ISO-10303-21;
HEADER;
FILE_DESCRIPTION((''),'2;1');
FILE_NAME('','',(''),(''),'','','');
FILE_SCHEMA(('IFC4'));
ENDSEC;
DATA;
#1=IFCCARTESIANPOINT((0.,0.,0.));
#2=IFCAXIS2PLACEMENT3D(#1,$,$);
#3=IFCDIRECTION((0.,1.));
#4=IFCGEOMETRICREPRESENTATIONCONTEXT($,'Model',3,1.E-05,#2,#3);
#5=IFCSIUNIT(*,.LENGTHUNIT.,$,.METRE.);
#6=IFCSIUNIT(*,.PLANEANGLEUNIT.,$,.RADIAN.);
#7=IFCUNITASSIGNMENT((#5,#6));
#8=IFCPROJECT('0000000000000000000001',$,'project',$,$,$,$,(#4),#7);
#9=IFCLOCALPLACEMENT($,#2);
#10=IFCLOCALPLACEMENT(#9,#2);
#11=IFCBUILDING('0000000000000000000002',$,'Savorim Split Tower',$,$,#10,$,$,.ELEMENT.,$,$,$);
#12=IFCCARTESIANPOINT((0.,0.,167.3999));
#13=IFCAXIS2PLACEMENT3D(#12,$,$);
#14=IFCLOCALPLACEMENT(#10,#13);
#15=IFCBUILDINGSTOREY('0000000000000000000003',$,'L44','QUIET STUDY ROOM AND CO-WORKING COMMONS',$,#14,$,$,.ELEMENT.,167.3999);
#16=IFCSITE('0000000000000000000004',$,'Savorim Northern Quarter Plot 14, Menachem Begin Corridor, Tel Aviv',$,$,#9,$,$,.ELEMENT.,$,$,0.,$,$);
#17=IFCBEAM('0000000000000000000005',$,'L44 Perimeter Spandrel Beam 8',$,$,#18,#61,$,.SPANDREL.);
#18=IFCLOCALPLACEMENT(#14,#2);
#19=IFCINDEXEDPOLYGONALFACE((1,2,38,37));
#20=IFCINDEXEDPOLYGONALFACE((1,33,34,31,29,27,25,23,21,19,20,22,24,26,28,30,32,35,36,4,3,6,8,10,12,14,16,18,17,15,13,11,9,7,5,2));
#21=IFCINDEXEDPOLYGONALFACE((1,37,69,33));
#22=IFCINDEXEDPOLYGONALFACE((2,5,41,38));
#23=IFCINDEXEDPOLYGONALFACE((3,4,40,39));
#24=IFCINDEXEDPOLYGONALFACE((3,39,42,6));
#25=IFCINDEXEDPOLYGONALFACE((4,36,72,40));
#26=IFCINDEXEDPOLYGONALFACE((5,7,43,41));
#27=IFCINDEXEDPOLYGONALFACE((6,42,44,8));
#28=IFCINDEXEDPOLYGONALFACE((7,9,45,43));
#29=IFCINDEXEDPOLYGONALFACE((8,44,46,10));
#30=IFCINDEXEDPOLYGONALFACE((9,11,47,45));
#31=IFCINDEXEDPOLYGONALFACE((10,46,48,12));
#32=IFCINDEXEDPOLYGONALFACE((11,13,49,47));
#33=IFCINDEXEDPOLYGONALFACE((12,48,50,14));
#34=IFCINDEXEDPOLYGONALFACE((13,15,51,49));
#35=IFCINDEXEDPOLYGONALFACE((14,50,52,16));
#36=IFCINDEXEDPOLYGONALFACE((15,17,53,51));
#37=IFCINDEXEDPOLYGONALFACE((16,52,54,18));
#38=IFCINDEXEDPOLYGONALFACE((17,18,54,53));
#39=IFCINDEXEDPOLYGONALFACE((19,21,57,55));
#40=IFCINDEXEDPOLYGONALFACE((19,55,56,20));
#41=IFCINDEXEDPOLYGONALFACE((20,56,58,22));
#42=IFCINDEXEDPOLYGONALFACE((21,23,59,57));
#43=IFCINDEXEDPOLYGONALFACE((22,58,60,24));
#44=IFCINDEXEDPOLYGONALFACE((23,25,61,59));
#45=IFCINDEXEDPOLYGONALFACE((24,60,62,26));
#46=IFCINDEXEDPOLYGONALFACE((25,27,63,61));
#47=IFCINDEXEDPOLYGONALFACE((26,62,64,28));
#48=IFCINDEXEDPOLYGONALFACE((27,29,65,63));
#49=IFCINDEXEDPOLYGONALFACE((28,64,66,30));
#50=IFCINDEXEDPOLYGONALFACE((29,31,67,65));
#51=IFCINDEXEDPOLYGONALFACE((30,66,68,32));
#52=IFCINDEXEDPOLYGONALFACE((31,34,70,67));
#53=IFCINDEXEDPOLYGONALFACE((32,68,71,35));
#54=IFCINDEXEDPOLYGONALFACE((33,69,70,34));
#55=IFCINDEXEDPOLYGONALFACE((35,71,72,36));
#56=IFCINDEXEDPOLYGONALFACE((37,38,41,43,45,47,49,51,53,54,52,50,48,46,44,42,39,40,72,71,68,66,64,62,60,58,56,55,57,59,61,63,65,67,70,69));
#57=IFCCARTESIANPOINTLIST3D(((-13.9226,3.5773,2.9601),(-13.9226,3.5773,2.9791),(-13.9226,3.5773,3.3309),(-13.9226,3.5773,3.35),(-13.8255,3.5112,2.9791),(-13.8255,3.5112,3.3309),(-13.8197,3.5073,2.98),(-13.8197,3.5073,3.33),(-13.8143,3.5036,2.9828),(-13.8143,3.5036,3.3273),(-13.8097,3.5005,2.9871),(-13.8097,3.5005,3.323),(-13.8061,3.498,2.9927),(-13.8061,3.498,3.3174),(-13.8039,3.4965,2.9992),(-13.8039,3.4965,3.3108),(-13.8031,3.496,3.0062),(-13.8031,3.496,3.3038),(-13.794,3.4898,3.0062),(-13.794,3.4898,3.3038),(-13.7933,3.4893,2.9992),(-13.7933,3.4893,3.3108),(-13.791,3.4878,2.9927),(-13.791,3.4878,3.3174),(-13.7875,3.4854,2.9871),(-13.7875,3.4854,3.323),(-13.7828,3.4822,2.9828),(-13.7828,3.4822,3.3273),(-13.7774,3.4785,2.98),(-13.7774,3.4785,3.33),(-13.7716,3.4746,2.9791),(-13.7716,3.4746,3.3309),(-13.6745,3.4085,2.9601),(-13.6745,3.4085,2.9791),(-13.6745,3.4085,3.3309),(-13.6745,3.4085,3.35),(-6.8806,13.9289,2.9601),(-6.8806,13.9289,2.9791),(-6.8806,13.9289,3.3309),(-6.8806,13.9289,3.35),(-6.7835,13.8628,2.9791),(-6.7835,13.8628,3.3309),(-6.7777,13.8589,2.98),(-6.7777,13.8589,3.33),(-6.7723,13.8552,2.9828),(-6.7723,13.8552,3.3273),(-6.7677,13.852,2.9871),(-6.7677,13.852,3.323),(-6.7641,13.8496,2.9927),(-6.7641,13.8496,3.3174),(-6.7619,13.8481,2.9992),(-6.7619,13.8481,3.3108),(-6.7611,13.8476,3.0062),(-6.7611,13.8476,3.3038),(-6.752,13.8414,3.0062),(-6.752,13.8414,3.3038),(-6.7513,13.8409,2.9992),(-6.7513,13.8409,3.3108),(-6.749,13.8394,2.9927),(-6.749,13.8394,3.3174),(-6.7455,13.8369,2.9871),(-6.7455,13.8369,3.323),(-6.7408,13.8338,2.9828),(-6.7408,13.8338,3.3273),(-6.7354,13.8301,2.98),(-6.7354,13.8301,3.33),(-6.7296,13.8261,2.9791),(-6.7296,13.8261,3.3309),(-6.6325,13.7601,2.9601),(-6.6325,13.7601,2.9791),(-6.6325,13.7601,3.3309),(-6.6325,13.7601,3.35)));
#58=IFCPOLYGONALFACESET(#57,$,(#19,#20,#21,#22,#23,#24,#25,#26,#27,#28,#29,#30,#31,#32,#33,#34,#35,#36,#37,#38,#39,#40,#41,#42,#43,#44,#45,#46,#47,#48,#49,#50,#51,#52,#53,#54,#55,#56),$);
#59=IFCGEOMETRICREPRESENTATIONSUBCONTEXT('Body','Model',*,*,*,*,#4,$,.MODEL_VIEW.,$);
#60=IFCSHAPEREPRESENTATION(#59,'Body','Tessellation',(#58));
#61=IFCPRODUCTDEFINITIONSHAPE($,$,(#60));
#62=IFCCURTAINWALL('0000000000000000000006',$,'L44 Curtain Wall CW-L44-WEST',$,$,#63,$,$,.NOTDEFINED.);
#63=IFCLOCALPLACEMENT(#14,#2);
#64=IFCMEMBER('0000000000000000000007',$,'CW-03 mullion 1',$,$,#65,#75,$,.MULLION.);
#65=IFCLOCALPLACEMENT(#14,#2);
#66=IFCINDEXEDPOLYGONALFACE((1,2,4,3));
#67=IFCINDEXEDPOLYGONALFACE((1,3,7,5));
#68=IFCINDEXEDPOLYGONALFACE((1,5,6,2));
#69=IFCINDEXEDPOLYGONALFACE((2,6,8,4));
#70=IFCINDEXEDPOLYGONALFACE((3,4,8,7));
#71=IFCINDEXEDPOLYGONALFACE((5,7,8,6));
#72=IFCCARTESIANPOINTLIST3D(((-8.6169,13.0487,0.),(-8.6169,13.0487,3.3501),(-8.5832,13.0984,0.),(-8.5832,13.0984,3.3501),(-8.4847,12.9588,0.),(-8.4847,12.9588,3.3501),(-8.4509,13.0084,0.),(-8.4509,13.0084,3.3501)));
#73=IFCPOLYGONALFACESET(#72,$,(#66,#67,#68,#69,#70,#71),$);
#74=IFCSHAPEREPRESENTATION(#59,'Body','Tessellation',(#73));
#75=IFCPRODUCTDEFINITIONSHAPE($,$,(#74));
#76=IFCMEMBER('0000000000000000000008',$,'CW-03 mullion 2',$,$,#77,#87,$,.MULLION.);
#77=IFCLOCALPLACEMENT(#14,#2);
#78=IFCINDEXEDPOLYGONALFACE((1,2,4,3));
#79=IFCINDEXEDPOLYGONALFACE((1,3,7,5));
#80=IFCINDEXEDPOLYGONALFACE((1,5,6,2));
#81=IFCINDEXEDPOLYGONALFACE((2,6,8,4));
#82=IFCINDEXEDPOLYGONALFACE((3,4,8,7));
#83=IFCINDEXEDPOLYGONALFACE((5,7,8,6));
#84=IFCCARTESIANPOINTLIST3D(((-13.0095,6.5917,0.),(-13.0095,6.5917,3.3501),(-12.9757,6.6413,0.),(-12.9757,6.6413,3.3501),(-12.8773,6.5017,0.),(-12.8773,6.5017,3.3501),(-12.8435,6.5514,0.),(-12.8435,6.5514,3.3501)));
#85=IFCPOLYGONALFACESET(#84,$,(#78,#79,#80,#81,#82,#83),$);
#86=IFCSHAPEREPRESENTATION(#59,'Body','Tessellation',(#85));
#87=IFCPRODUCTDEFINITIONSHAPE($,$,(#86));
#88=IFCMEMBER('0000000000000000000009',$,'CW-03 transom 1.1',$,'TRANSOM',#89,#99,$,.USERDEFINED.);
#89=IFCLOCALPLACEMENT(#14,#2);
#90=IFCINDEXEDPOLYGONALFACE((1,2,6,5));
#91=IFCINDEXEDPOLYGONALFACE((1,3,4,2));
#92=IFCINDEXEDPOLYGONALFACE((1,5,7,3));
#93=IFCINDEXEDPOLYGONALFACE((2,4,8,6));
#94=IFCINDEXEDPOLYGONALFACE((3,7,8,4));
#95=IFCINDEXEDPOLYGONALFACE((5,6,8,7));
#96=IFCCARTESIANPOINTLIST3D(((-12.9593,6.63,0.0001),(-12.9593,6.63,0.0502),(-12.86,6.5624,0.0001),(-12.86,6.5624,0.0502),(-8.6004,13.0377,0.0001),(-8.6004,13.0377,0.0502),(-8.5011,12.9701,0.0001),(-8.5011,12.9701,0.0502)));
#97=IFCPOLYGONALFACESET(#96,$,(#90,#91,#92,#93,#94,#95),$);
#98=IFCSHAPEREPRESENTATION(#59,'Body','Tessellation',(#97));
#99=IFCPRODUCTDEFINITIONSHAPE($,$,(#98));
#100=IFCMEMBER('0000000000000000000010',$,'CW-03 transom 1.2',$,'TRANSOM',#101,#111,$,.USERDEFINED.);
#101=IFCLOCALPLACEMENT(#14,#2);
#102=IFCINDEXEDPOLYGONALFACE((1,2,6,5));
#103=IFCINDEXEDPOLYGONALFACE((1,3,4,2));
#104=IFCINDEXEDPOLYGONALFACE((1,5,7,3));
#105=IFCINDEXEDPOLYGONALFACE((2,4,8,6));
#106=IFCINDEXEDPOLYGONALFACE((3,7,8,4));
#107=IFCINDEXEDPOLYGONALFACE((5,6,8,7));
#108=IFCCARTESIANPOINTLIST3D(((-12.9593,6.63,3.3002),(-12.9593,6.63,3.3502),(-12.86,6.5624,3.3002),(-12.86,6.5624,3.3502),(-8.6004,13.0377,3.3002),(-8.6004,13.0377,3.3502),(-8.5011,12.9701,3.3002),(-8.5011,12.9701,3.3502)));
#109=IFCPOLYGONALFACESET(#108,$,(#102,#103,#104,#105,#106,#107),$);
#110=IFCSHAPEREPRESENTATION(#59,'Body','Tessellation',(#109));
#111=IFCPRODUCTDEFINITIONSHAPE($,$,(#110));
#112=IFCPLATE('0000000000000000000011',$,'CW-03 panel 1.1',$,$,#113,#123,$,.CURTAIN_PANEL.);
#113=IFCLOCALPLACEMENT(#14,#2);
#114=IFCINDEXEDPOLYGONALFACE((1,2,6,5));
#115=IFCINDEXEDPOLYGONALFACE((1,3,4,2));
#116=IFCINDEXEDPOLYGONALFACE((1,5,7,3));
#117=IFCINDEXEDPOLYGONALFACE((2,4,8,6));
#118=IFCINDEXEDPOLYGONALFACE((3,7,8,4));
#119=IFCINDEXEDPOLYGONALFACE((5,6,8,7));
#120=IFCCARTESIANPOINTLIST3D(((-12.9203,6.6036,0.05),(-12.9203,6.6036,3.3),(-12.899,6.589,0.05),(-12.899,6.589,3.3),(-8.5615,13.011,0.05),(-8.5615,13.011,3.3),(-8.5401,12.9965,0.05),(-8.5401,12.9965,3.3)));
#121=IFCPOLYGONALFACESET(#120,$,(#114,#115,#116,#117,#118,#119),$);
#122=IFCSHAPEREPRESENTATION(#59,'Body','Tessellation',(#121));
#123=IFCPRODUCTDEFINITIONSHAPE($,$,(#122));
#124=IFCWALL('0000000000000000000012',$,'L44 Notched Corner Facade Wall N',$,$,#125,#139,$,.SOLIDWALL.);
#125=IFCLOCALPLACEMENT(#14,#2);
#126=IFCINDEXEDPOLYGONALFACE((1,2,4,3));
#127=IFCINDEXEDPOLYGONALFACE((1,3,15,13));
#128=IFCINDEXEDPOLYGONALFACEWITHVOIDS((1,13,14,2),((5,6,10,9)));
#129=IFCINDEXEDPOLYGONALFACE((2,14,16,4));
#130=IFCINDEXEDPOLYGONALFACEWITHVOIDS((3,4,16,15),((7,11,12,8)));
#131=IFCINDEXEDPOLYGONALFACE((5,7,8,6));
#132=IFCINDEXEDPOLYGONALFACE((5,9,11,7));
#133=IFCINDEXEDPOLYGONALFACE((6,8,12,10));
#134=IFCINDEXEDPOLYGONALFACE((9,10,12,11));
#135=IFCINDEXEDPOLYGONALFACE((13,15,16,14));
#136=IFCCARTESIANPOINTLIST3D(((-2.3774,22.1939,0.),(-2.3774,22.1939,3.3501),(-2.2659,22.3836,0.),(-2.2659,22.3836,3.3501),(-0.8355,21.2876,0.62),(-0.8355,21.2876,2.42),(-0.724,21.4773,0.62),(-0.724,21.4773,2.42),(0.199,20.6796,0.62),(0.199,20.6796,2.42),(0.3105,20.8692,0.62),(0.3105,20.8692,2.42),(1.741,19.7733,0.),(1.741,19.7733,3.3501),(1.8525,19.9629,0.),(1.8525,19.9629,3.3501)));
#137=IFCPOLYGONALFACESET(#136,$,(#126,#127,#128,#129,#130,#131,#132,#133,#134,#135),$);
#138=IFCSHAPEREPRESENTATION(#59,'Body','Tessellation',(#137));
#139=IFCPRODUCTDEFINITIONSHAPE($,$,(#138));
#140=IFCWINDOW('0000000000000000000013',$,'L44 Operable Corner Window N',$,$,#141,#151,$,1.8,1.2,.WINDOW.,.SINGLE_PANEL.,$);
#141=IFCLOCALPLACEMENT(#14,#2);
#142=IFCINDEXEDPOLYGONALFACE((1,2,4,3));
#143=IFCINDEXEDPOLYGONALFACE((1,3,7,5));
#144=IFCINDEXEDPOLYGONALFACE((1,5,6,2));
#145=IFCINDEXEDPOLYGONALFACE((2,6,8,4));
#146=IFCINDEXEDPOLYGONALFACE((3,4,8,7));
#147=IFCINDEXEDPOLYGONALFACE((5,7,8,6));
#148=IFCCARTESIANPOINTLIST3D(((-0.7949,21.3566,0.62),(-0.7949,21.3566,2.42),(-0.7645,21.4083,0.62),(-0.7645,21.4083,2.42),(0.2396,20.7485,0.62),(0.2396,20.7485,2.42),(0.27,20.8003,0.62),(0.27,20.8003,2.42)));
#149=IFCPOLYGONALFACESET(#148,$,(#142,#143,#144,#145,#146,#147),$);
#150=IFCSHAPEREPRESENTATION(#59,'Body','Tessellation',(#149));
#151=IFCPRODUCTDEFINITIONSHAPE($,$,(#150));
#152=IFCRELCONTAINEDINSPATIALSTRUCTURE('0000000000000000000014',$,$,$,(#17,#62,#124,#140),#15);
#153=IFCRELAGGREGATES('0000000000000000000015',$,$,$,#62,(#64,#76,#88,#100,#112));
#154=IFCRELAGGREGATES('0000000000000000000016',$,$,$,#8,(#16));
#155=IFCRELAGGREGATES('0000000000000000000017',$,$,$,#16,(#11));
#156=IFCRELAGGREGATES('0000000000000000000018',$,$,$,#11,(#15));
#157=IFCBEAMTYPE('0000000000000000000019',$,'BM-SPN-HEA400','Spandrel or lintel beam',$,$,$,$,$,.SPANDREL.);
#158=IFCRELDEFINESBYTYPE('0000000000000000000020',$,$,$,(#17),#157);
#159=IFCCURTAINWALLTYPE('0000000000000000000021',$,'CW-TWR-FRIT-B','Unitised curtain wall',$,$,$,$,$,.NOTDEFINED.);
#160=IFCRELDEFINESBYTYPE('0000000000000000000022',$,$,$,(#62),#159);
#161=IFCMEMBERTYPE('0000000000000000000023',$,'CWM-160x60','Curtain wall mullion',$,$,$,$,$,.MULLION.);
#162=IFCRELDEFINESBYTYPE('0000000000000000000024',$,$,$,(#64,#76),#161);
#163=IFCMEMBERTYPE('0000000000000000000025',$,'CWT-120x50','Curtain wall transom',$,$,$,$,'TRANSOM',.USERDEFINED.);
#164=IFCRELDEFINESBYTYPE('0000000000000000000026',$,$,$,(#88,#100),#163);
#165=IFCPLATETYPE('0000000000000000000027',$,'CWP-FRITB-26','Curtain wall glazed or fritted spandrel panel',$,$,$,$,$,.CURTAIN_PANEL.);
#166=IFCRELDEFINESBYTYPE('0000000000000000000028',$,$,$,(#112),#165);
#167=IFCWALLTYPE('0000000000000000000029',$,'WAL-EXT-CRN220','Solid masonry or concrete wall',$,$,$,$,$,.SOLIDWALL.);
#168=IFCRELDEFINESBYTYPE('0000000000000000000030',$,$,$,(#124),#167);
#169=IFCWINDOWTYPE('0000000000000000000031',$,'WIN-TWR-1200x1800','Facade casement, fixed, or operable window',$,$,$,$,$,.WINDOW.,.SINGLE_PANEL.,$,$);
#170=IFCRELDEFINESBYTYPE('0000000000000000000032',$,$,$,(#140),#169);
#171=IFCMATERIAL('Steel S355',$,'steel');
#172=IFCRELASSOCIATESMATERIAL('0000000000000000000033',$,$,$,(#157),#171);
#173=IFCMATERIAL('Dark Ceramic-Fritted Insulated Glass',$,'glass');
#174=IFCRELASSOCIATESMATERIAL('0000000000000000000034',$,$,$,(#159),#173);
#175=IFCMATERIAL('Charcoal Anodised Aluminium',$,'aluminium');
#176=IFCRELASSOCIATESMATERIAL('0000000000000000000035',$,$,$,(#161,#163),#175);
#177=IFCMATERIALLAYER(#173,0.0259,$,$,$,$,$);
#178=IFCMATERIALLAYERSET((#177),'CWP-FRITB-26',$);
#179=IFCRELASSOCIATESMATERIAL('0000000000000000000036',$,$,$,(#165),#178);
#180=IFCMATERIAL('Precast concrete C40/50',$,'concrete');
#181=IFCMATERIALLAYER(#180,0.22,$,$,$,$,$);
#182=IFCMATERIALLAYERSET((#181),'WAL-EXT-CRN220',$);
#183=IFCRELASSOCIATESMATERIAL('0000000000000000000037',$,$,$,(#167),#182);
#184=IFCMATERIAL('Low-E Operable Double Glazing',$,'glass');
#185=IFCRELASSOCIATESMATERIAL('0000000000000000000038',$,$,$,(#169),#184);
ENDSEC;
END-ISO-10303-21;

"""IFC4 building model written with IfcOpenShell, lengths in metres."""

from ifc_helpers import new_model, si_unit, direction, frame, frame_2d, origin, origin_2d, place, context, subcontext, project, spatial, rectangle, i_section, extrude, material, layer, layer_set, material_profile, profile_set, type_object, element, fill, aggregate, save


model = new_model("IFC4")

# Units and contexts
model_context = context("Model", 3, precision=1e-05, world=origin(), true_north=direction((0.0, 1.0)))
body_context = subcontext(model_context, "Body", "Model", "MODEL_VIEW")
ifc_project = project(units=[si_unit("LENGTHUNIT", "METRE"), si_unit("PLANEANGLEUNIT", "RADIAN")], contexts=[model_context])

# Site, building, storey
site_placement = place(None, origin())
site = spatial("IfcSite", under=ifc_project, at=site_placement, Name="Savorim Northern Quarter Plot 14, Menachem Begin Corridor, Tel Aviv", CompositionType="ELEMENT", RefElevation=0.0)
building_placement = place(site_placement, origin())
building = spatial("IfcBuilding", under=site, at=building_placement, Name="Savorim Split Tower", CompositionType="ELEMENT")
storey_placement = place(building_placement, frame((0.0, 0.0, 167.3999)))
storey = spatial("IfcBuildingStorey", under=building, at=storey_placement, Name="L44", Description="QUIET STUDY ROOM AND CO-WORKING COMMONS", CompositionType="ELEMENT", Elevation=167.3999)

# Beam
ifc_material_1 = material(Name="Steel S355", Category="steel")
ifc_material_profile_1 = material_profile(ifc_material_1, i_section(OverallWidth=0.3, OverallDepth=0.3899, WebThickness=0.011, FlangeThickness=0.019, FilletRadius=0.0271, at=origin_2d()), Name="HEA 400")
ifc_profile_set_1 = profile_set([ifc_material_profile_1], Name="Steel S355")
beam_type_1 = type_object("IfcBeamType", Name="BM-SPN-HEA400", Description="Spandrel or lintel beam", PredefinedType="SPANDREL", material=ifc_profile_set_1)
beam_1_placement = place(storey_placement, frame((-6.7566, 13.8445, 3.155), z_axis=(-0.56247, -0.826818, 0.0), x_axis=(0.826818, -0.56247, 0.0)))
element("IfcBeam", 1, at=beam_1_placement, inside=storey, type_object=beam_type_1, Name="L44 Perimeter Spandrel Beam 8", PredefinedType="SPANDREL", context=body_context, shape_type="SweptSolid", body=[
    extrude(i_section(OverallWidth=0.3, OverallDepth=0.3899, WebThickness=0.011, FlangeThickness=0.019, FilletRadius=0.0271, at=origin_2d()), origin(), (0.0, 0.0, 1.0), 12.5198),
])

# Curtain wall, members, plate
ifc_material_2 = material(Name="Dark Ceramic-Fritted Insulated Glass", Category="glass")
curtain_wall_type = type_object("IfcCurtainWallType", Name="CW-TWR-FRIT-B", Description="Unitised curtain wall", PredefinedType="NOTDEFINED", material=ifc_material_2)
curtain_wall_placement = place(storey_placement, origin())
curtain_wall = element("IfcCurtainWall", 2, at=curtain_wall_placement, inside=storey, type_object=curtain_wall_type, Name="L44 Curtain Wall CW-L44-WEST", PredefinedType="NOTDEFINED")
ifc_material_3 = material(Name="Charcoal Anodised Aluminium", Category="aluminium")
ifc_material_profile_2 = material_profile(ifc_material_3, rectangle(XDim=0.1599, YDim=0.0601, at=origin_2d()), Name="ALU-M 160x60")
ifc_profile_set_2 = profile_set([ifc_material_profile_2], Name="Charcoal Anodised Aluminium")
member_type_1 = type_object("IfcMemberType", Name="CWM-160x60", Description="Curtain wall mullion", PredefinedType="MULLION", material=ifc_profile_set_2)
member_1_placement = place(storey_placement, frame((-8.5339, 13.0286, 0.0), z_axis=(0.0, 0.0, 1.0), x_axis=(0.826819, -0.562468, 0.0)))
member_1 = element("IfcMember", 3, at=member_1_placement, type_object=member_type_1, Name="CW-03 mullion 1", PredefinedType="MULLION", context=body_context, shape_type="SweptSolid", body=[
    extrude(rectangle(XDim=0.1599, YDim=0.0601, at=origin_2d()), origin(), (0.0, 0.0, 1.0), 3.3501),
])
member_2_placement = place(storey_placement, frame((-12.9265, 6.5715, 0.0), z_axis=(0.0, 0.0, 1.0), x_axis=(0.826819, -0.562468, 0.0)))
member_2 = element("IfcMember", 4, at=member_2_placement, type_object=member_type_1, Name="CW-03 mullion 2", PredefinedType="MULLION", context=body_context, shape_type="SweptSolid", body=[
    extrude(rectangle(XDim=0.1599, YDim=0.0601, at=origin_2d()), origin(), (0.0, 0.0, 1.0), 3.3501),
])
ifc_material_profile_3 = material_profile(ifc_material_3, rectangle(XDim=0.1201, YDim=0.05, at=origin_2d()), Name="ALU-T 120x50")
ifc_profile_set_3 = profile_set([ifc_material_profile_3], Name="Charcoal Anodised Aluminium")
member_type_2 = type_object("IfcMemberType", Name="CWT-120x50", Description="Curtain wall transom", ElementType="TRANSOM", PredefinedType="USERDEFINED", material=ifc_profile_set_3)
member_3_placement = place(storey_placement, frame((-8.5508, 13.0039, 0.0251), z_axis=(-0.562455, -0.826828, 0.0), x_axis=(0.826828, -0.562455, 0.0)))
member_3 = element("IfcMember", 5, at=member_3_placement, type_object=member_type_2, Name="CW-03 transom 1.1", ObjectType="TRANSOM", PredefinedType="USERDEFINED", context=body_context, shape_type="SweptSolid", body=[
    extrude(rectangle(XDim=0.1201, YDim=0.05, at=origin_2d()), origin(), (0.0, 0.0, 1.0), 7.7498),
])
member_4_placement = place(storey_placement, frame((-8.5508, 13.0039, 3.3252), z_axis=(-0.562455, -0.826828, 0.0), x_axis=(0.826828, -0.562455, 0.0)))
member_4 = element("IfcMember", 6, at=member_4_placement, type_object=member_type_2, Name="CW-03 transom 1.2", ObjectType="TRANSOM", PredefinedType="USERDEFINED", context=body_context, shape_type="SweptSolid", body=[
    extrude(rectangle(XDim=0.1201, YDim=0.05, at=origin_2d()), origin(), (0.0, 0.0, 1.0), 7.7498),
])
ifc_layer_1 = layer(ifc_material_2, 0.0259)
ifc_layer_set_1 = layer_set([ifc_layer_1], Name="CWP-FRITB-26")
plate_type = type_object("IfcPlateType", Name="CWP-FRITB-26", Description="Curtain wall glazed or fritted spandrel panel", PredefinedType="CURTAIN_PANEL", material=ifc_layer_set_1)
plate_placement = place(storey_placement, frame((-10.7302, 9.8, 0.05), z_axis=(0.0, 0.0, 1.0), x_axis=(-0.562468, -0.826819, 0.0)))
plate = element("IfcPlate", 7, at=plate_placement, type_object=plate_type, Name="CW-03 panel 1.1", PredefinedType="CURTAIN_PANEL", context=body_context, shape_type="SweptSolid", body=[
    extrude(rectangle(XDim=7.7495, YDim=0.0259, at=origin_2d()), origin(), (0.0, 0.0, 1.0), 3.25),
])
aggregate(curtain_wall, [member_1, member_2, member_3, member_4, plate])

# Wall, opening, window
ifc_material_4 = material(Name="Precast concrete C40/50", Category="concrete")
ifc_layer_2 = layer(ifc_material_4, 0.22)
ifc_layer_set_2 = layer_set([ifc_layer_2], Name="WAL-EXT-CRN220")
wall_type_1 = type_object("IfcWallType", Name="WAL-EXT-CRN220", Description="Solid masonry or concrete wall", PredefinedType="SOLIDWALL", material=ifc_layer_set_2)
wall_1_placement = place(storey_placement, frame((-2.3218, 22.2888, 0.0), z_axis=(0.0, 0.0, 1.0), x_axis=(0.862112, -0.506719, 0.0)))
wall_1 = element("IfcWall", 8, at=wall_1_placement, inside=storey, type_object=wall_type_1, Name="L44 Notched Corner Facade Wall N", PredefinedType="SOLIDWALL", context=body_context, shape_type="SweptSolid", body=[
    extrude(rectangle(XDim=4.7771, YDim=0.22, at=frame_2d((2.3887, 0.0))), origin(), (0.0, 0.0, 1.0), 3.3501),
])
opening_1_placement = place(wall_1_placement, frame((1.7886, 0.0, 0.6201)))
opening_1 = element("IfcOpeningElement", 9, at=opening_1_placement, cuts=wall_1, PredefinedType="OPENING", context=body_context, shape_type="SweptSolid", body=[
    extrude(rectangle(XDim=1.2, YDim=1.8, at=frame_2d((0.6001, 0.8999))), frame((0.0, 0.1199, 0.0), z_axis=(0.0, -1.0, 0.0), x_axis=(1.0, 0.0, 0.0)), (0.0, 0.0, 1.0), 0.24),
])
ifc_material_5 = material(Name="Low-E Operable Double Glazing", Category="glass")
window_type_1 = type_object("IfcWindowType", Name="WIN-TWR-1200x1800", Description="Facade casement, fixed, or operable window", PartitioningType="SINGLE_PANEL", PredefinedType="WINDOW", material=ifc_material_5)
window_1_placement = place(opening_1_placement, origin())
window_1 = element("IfcWindow", 10, at=window_1_placement, inside=storey, type_object=window_type_1, Name="L44 Operable Corner Window N", OverallHeight=1.8, OverallWidth=1.2, PartitioningType="SINGLE_PANEL", PredefinedType="WINDOW", context=body_context, shape_type="SweptSolid", body=[
    extrude(rectangle(XDim=1.2, YDim=1.8, at=frame_2d((0.6001, 0.8999))), frame((0.0, 0.03, 0.0), z_axis=(0.0, -1.0, 0.0), x_axis=(1.0, 0.0, 0.0)), (0.0, 0.0, 1.0), 0.0601),
])
fill(opening_1, window_1)

save(model, "model.ifc")
